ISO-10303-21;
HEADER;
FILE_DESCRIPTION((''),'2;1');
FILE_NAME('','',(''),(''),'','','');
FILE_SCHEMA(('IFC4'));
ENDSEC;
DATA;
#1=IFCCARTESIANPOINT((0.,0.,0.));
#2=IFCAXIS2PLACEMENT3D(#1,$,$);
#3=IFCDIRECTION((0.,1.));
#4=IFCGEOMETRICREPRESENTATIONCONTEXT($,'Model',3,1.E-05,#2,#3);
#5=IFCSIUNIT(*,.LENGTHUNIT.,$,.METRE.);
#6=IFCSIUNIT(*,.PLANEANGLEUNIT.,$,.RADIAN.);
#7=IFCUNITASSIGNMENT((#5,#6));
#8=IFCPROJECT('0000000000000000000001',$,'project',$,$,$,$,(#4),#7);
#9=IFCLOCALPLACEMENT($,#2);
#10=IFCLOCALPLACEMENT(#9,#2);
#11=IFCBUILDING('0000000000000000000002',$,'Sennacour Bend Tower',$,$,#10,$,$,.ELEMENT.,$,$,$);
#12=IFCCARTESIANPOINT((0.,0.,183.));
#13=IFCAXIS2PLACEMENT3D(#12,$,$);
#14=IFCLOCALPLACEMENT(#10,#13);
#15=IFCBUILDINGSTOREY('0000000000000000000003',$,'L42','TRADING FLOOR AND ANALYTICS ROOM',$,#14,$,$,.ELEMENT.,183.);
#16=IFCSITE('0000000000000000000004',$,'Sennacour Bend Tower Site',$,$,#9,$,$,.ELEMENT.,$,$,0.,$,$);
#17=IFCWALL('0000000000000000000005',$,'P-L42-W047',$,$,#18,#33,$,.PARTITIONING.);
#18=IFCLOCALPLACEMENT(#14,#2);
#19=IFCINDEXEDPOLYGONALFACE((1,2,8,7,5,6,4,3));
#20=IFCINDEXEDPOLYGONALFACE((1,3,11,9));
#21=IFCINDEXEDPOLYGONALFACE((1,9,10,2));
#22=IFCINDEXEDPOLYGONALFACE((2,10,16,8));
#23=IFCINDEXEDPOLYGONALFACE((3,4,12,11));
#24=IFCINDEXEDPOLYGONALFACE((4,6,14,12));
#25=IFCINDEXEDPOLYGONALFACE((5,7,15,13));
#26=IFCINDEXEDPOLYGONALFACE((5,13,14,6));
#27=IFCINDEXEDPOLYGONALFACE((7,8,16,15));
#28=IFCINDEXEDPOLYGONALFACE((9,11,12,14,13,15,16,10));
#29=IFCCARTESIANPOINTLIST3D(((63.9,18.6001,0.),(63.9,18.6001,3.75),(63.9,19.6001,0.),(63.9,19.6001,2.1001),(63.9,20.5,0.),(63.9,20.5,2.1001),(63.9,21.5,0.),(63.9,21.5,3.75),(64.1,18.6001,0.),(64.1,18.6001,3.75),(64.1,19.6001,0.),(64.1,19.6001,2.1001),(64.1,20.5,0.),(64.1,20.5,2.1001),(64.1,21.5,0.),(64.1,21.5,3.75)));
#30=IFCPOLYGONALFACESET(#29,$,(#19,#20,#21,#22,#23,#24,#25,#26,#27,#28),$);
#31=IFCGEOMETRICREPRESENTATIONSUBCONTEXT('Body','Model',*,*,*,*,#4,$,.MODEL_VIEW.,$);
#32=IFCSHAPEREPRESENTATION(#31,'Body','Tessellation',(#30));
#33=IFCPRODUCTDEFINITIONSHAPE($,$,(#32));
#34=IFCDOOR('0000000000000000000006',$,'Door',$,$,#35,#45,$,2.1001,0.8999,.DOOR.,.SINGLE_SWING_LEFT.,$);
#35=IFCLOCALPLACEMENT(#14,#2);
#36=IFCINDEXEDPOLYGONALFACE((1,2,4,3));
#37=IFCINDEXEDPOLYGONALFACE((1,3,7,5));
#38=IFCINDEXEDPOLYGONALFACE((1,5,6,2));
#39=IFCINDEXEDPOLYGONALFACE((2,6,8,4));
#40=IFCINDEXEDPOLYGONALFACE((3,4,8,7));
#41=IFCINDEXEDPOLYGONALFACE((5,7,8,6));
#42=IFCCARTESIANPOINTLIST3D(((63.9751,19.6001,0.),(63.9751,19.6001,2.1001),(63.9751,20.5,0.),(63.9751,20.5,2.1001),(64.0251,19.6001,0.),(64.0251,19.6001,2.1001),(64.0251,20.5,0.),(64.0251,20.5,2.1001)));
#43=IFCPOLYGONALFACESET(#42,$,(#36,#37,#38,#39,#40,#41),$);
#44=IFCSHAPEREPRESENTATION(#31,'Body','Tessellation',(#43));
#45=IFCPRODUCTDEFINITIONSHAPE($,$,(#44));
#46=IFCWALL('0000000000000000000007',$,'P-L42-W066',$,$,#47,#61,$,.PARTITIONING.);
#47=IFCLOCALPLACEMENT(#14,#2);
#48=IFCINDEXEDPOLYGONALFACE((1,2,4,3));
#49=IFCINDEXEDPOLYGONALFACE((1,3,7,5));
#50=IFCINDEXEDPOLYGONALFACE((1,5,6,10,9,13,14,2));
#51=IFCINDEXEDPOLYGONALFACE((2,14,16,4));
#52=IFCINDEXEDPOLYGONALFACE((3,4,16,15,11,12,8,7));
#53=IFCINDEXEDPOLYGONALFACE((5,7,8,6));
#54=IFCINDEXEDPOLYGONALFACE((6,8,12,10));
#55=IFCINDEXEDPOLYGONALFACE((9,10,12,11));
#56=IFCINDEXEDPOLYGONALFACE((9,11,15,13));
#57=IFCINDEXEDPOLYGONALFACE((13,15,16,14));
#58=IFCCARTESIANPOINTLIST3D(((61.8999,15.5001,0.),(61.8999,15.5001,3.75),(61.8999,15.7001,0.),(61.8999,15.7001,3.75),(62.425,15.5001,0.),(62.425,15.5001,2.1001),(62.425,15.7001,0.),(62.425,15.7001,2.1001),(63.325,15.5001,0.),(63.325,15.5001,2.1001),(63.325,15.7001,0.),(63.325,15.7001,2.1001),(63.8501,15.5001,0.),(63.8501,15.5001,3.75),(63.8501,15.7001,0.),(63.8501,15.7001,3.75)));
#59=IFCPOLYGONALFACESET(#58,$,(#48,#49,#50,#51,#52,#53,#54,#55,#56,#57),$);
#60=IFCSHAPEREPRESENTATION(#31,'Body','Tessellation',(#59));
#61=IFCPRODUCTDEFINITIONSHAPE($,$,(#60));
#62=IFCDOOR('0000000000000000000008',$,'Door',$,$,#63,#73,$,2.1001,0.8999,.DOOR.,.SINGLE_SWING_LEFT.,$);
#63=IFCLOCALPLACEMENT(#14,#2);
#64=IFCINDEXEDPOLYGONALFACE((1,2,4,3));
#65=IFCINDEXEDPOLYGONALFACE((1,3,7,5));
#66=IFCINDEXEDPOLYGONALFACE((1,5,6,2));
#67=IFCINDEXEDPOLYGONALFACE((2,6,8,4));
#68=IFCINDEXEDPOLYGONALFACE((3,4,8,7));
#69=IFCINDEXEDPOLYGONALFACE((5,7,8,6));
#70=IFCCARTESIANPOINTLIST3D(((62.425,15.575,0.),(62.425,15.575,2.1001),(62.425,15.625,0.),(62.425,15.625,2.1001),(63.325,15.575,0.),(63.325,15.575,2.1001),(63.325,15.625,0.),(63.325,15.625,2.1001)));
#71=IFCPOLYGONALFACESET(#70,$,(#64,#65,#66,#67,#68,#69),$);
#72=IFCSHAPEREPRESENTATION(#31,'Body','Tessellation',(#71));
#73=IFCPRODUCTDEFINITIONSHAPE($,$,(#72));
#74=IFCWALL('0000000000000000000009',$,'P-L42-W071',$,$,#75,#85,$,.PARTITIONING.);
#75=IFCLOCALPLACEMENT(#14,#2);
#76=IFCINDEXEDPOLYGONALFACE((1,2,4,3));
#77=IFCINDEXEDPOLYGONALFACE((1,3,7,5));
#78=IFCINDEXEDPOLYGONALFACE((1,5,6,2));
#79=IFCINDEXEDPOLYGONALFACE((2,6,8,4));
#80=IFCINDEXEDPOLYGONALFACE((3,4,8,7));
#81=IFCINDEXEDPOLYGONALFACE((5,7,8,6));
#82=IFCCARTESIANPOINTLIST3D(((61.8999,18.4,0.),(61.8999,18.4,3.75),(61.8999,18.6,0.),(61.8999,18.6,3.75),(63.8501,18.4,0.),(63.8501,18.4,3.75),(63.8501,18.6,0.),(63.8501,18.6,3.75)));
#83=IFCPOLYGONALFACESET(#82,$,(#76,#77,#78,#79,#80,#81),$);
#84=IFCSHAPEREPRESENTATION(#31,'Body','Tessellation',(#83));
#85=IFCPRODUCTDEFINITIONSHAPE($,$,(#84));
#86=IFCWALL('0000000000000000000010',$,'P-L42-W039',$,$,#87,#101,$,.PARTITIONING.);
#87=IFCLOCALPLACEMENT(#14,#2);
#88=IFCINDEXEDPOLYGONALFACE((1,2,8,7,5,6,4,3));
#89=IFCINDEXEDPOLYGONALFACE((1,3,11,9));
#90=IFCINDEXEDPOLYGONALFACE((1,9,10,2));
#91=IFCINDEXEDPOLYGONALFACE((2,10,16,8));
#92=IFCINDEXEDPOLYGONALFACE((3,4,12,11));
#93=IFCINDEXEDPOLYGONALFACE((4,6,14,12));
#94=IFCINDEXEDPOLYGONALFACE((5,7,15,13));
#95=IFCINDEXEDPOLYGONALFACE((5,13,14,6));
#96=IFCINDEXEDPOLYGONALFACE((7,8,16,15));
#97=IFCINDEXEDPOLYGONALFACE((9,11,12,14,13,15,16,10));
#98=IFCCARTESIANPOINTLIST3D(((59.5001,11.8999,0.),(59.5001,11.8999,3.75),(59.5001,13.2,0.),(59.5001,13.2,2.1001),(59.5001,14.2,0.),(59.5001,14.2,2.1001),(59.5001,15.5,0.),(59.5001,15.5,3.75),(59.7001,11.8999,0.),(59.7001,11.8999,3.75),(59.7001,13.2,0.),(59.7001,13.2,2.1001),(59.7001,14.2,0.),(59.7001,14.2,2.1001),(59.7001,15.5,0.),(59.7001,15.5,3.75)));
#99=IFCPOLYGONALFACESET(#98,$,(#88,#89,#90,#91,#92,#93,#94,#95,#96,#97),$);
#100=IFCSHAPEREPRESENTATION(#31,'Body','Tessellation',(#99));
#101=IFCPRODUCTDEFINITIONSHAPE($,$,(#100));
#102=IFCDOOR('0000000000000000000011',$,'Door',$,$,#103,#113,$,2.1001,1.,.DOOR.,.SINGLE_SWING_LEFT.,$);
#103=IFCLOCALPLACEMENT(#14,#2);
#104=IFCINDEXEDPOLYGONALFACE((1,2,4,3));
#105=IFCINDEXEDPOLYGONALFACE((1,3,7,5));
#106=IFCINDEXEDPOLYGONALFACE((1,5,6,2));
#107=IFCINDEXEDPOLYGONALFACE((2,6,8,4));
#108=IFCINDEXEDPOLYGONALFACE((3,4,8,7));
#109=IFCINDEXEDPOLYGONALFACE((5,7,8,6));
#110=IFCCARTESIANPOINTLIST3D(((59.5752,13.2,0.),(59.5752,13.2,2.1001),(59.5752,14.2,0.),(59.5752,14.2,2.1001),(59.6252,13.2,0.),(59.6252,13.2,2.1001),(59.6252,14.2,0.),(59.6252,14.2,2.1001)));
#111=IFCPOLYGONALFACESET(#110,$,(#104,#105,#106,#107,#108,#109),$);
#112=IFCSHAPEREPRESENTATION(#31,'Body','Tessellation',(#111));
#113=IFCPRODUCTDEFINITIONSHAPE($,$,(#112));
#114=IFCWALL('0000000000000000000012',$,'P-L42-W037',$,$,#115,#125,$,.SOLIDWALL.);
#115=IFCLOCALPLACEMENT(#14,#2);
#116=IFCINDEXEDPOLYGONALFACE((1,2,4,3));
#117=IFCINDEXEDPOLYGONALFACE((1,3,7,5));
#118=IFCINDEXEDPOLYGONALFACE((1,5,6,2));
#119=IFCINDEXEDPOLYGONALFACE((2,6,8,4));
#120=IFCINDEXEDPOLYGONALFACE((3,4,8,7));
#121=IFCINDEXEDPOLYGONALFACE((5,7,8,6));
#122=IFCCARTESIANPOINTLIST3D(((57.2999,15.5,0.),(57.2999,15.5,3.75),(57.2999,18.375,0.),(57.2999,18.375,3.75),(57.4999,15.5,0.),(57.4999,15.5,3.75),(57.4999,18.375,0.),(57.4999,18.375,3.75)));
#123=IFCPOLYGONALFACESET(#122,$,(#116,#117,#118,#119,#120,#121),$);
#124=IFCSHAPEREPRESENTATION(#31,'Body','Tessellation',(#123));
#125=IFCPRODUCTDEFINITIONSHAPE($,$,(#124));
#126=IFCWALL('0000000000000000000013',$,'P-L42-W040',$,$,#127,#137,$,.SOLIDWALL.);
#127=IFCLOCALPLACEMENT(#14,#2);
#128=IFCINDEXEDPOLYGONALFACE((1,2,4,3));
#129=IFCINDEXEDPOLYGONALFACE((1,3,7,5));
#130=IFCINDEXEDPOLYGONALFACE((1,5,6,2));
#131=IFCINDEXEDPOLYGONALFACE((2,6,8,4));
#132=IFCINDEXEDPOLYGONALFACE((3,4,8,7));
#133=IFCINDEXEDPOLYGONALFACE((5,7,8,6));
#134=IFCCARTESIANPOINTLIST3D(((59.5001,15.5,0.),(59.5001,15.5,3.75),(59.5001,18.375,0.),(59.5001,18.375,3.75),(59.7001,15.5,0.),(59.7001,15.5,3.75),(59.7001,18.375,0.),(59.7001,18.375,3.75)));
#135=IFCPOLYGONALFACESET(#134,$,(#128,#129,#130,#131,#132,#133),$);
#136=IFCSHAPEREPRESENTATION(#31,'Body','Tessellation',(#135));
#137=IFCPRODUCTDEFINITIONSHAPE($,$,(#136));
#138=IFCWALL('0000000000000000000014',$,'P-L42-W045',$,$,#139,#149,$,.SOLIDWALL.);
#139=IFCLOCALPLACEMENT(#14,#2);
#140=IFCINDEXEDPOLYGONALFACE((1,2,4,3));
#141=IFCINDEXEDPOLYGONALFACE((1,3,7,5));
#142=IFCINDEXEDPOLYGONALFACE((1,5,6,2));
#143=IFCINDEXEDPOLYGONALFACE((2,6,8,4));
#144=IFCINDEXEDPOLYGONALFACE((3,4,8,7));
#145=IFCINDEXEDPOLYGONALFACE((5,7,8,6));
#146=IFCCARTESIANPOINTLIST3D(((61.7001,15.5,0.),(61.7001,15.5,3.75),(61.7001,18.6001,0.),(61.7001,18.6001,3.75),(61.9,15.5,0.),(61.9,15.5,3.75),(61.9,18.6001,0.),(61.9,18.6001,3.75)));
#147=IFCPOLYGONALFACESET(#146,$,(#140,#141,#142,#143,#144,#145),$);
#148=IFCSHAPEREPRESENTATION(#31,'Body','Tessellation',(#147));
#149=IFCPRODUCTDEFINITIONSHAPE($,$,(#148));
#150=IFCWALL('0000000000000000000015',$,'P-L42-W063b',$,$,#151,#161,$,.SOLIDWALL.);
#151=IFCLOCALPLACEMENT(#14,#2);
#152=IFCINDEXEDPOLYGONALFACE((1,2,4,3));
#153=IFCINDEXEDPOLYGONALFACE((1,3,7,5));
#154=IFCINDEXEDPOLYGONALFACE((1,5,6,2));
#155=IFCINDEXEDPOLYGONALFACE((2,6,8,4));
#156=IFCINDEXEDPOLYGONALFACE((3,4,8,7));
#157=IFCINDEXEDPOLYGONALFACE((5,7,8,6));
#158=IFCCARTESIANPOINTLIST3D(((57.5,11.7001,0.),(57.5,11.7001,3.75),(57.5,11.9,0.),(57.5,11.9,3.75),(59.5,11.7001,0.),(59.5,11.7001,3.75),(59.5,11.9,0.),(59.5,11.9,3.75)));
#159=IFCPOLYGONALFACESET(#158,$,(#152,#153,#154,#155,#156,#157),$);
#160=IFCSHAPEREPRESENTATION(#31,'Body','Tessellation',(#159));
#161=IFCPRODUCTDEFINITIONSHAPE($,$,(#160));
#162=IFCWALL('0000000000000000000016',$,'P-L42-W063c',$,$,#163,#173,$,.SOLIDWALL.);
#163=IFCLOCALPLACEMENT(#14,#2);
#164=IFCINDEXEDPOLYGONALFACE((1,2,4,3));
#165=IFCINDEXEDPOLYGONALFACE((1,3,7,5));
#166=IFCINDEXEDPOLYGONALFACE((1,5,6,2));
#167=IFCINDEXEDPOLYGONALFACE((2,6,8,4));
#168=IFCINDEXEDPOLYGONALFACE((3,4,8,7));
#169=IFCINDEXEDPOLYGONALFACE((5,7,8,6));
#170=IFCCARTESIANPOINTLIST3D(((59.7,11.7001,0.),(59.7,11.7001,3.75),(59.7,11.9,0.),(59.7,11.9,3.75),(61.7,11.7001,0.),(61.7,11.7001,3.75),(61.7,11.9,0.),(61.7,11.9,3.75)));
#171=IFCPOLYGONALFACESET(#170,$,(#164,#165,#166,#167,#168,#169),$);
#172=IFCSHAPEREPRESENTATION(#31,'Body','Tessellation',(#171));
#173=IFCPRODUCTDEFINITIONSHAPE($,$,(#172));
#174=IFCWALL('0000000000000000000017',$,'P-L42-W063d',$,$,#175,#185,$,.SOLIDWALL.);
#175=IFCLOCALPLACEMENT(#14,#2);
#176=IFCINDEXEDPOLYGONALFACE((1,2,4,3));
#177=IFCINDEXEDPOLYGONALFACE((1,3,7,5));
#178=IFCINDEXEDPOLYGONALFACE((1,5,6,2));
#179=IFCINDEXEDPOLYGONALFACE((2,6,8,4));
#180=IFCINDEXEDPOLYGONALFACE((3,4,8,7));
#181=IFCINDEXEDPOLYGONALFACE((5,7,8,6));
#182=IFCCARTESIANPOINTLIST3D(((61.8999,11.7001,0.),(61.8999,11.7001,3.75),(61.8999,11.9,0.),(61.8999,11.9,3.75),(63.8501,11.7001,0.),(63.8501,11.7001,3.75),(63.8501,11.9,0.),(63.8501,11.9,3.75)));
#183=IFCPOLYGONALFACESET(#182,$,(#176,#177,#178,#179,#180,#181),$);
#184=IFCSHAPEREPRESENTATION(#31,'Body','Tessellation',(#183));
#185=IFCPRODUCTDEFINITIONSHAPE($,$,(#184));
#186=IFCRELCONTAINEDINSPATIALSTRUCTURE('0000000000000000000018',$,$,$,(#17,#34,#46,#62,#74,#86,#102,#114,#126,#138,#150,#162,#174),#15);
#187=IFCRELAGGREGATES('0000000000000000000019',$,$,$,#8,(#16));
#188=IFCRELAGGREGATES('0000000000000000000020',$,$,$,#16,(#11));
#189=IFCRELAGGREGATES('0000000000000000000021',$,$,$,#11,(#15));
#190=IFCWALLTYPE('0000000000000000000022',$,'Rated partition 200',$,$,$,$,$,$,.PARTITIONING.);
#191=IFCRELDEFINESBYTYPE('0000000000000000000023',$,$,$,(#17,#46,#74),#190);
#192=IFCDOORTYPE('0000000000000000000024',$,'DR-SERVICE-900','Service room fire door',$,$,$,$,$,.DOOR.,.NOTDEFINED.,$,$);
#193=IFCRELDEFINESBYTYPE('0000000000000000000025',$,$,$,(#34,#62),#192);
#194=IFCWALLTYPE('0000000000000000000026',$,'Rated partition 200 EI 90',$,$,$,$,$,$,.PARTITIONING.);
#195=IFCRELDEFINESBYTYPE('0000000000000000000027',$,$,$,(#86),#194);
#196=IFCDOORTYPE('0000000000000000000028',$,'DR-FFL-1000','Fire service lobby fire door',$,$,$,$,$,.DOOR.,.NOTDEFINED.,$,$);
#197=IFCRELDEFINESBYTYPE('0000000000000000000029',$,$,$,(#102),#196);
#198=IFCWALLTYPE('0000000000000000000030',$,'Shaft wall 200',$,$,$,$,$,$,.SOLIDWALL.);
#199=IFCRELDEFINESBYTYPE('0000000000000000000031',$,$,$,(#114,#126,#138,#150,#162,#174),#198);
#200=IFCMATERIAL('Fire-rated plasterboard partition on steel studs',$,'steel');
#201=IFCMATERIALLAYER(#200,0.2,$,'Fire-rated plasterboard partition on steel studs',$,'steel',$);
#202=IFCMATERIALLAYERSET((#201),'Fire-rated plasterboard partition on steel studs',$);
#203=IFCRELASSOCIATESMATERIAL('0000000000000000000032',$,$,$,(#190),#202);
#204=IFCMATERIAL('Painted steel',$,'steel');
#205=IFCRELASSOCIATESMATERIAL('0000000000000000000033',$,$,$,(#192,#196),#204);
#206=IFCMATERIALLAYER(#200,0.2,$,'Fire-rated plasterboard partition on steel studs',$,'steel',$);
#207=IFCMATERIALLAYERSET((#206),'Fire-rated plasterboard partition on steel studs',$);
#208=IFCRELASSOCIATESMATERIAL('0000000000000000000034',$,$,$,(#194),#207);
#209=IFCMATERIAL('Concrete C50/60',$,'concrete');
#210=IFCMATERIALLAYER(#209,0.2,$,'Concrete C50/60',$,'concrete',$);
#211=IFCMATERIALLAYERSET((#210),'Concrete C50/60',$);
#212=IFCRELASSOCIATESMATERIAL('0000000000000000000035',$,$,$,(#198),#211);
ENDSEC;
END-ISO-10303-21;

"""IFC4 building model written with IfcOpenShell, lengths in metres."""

from ifc_helpers import new_model, si_unit, direction, frame, frame_2d, origin, place, context, subcontext, project, spatial, rectangle, extrude, material, layer, layer_set, type_object, element, fill, save


model = new_model("IFC4")

# Units and contexts
model_context = context("Model", 3, precision=1e-05, world=origin(), true_north=direction((0.0, 1.0)))
body_context = subcontext(model_context, "Body", "Model", "MODEL_VIEW")
ifc_project = project(units=[si_unit("LENGTHUNIT", "METRE"), si_unit("PLANEANGLEUNIT", "RADIAN")], contexts=[model_context])

# Site, building, storey
site_placement = place(None, origin())
site = spatial("IfcSite", under=ifc_project, at=site_placement, Name="Sennacour Bend Tower Site", CompositionType="ELEMENT", RefElevation=0.0)
building_placement = place(site_placement, origin())
building = spatial("IfcBuilding", under=site, at=building_placement, Name="Sennacour Bend Tower", CompositionType="ELEMENT")
storey_placement = place(building_placement, frame((0.0, 0.0, 183.0)))
storey = spatial("IfcBuildingStorey", under=building, at=storey_placement, Name="L42", Description="TRADING FLOOR AND ANALYTICS ROOM", CompositionType="ELEMENT", Elevation=183.0)

# Walls, openings, doors
ifc_material_1 = material(Name="Fire-rated plasterboard partition on steel studs", Category="steel")
ifc_layer_1 = layer(ifc_material_1, 0.2, Name="Fire-rated plasterboard partition on steel studs", Category="steel")
ifc_layer_set_1 = layer_set([ifc_layer_1], Name="Fire-rated plasterboard partition on steel studs")
wall_type_1 = type_object("IfcWallType", Name="Rated partition 200", PredefinedType="PARTITIONING", material=ifc_layer_set_1)
wall_1_placement = place(storey_placement, frame((64.0, 18.6001, 0.0), z_axis=(0.0, 0.0, 1.0), x_axis=(0.0, 1.0, 0.0)))
wall_1 = element("IfcWall", 1, at=wall_1_placement, inside=storey, type_object=wall_type_1, Name="P-L42-W047", PredefinedType="PARTITIONING", context=body_context, shape_type="SweptSolid", body=[
    extrude(rectangle(XDim=2.8999, YDim=0.2, at=frame_2d((1.45, 0.0))), origin(), (0.0, 0.0, 1.0), 3.75),
])
opening_1_placement = place(wall_1_placement, frame((1.0, 0.0, 0.0)))
opening_1 = element("IfcOpeningElement", 2, at=opening_1_placement, cuts=wall_1, PredefinedType="OPENING", context=body_context, shape_type="SweptSolid", body=[
    extrude(rectangle(XDim=0.8999, YDim=2.1001, at=frame_2d((0.45, 1.05))), frame((0.0, 0.1099, 0.0), z_axis=(0.0, -1.0, 0.0), x_axis=(1.0, 0.0, 0.0)), (0.0, 0.0, 1.0), 0.22),
])
ifc_material_2 = material(Name="Painted steel", Category="steel")
door_type_1 = type_object("IfcDoorType", Name="DR-SERVICE-900", Description="Service room fire door", OperationType="NOTDEFINED", PredefinedType="DOOR", material=ifc_material_2)
door_1_placement = place(opening_1_placement, origin())
door_1 = element("IfcDoor", 3, at=door_1_placement, inside=storey, type_object=door_type_1, Name="Door", OperationType="SINGLE_SWING_LEFT", OverallHeight=2.1001, OverallWidth=0.8999, PredefinedType="DOOR", context=body_context, shape_type="SweptSolid", body=[
    extrude(rectangle(XDim=0.8999, YDim=2.1001, at=frame_2d((0.45, 1.05))), frame((0.0, 0.0249, 0.0), z_axis=(0.0, -1.0, 0.0), x_axis=(1.0, 0.0, 0.0)), (0.0, 0.0, 1.0), 0.05),
])
fill(opening_1, door_1)
wall_2_placement = place(storey_placement, frame((61.8999, 15.6001, 0.0), z_axis=(0.0, 0.0, 1.0), x_axis=(1.0, 0.0, 0.0)))
wall_2 = element("IfcWall", 4, at=wall_2_placement, inside=storey, type_object=wall_type_1, Name="P-L42-W066", PredefinedType="PARTITIONING", context=body_context, shape_type="SweptSolid", body=[
    extrude(rectangle(XDim=1.9502, YDim=0.2, at=frame_2d((0.9751, 0.0))), origin(), (0.0, 0.0, 1.0), 3.75),
])
opening_2_placement = place(wall_2_placement, frame((0.5251, 0.0, 0.0)))
opening_2 = element("IfcOpeningElement", 5, at=opening_2_placement, cuts=wall_2, PredefinedType="OPENING", context=body_context, shape_type="SweptSolid", body=[
    extrude(rectangle(XDim=0.8999, YDim=2.1001, at=frame_2d((0.45, 1.05))), frame((0.0, 0.1099, 0.0), z_axis=(0.0, -1.0, 0.0), x_axis=(1.0, 0.0, 0.0)), (0.0, 0.0, 1.0), 0.22),
])
door_2_placement = place(opening_2_placement, origin())
door_2 = element("IfcDoor", 6, at=door_2_placement, inside=storey, type_object=door_type_1, Name="Door", OperationType="SINGLE_SWING_LEFT", OverallHeight=2.1001, OverallWidth=0.8999, PredefinedType="DOOR", context=body_context, shape_type="SweptSolid", body=[
    extrude(rectangle(XDim=0.8999, YDim=2.1001, at=frame_2d((0.45, 1.05))), frame((0.0, 0.0249, 0.0), z_axis=(0.0, -1.0, 0.0), x_axis=(1.0, 0.0, 0.0)), (0.0, 0.0, 1.0), 0.05),
])
fill(opening_2, door_2)

# Wall
wall_3_placement = place(storey_placement, frame((61.8999, 18.5, 0.0), z_axis=(0.0, 0.0, 1.0), x_axis=(1.0, 0.0, 0.0)))
element("IfcWall", 7, at=wall_3_placement, inside=storey, type_object=wall_type_1, Name="P-L42-W071", PredefinedType="PARTITIONING", context=body_context, shape_type="SweptSolid", body=[
    extrude(rectangle(XDim=1.9502, YDim=0.2, at=frame_2d((0.9751, 0.0))), origin(), (0.0, 0.0, 1.0), 3.75),
])

# Wall, opening, door
ifc_layer_2 = layer(ifc_material_1, 0.2, Name="Fire-rated plasterboard partition on steel studs", Category="steel")
ifc_layer_set_2 = layer_set([ifc_layer_2], Name="Fire-rated plasterboard partition on steel studs")
wall_type_2 = type_object("IfcWallType", Name="Rated partition 200 EI 90", PredefinedType="PARTITIONING", material=ifc_layer_set_2)
wall_4_placement = place(storey_placement, frame((59.6001, 11.8999, 0.0), z_axis=(0.0, 0.0, 1.0), x_axis=(0.0, 1.0, 0.0)))
wall_4 = element("IfcWall", 8, at=wall_4_placement, inside=storey, type_object=wall_type_2, Name="P-L42-W039", PredefinedType="PARTITIONING", context=body_context, shape_type="SweptSolid", body=[
    extrude(rectangle(XDim=3.6001, YDim=0.2, at=frame_2d((1.8, 0.0))), origin(), (0.0, 0.0, 1.0), 3.75),
])
opening_3_placement = place(wall_4_placement, frame((1.3, 0.0, 0.0)))
opening_3 = element("IfcOpeningElement", 9, at=opening_3_placement, cuts=wall_4, PredefinedType="OPENING", context=body_context, shape_type="SweptSolid", body=[
    extrude(rectangle(XDim=1.0, YDim=2.1001, at=frame_2d((0.5, 1.05))), frame((0.0, 0.1099, 0.0), z_axis=(0.0, -1.0, 0.0), x_axis=(1.0, 0.0, 0.0)), (0.0, 0.0, 1.0), 0.22),
])
door_type_2 = type_object("IfcDoorType", Name="DR-FFL-1000", Description="Fire service lobby fire door", OperationType="NOTDEFINED", PredefinedType="DOOR", material=ifc_material_2)
door_3_placement = place(opening_3_placement, origin())
door_3 = element("IfcDoor", 10, at=door_3_placement, inside=storey, type_object=door_type_2, Name="Door", OperationType="SINGLE_SWING_LEFT", OverallHeight=2.1001, OverallWidth=1.0, PredefinedType="DOOR", context=body_context, shape_type="SweptSolid", body=[
    extrude(rectangle(XDim=1.0, YDim=2.1001, at=frame_2d((0.5, 1.05))), frame((0.0, 0.0249, 0.0), z_axis=(0.0, -1.0, 0.0), x_axis=(1.0, 0.0, 0.0)), (0.0, 0.0, 1.0), 0.05),
])
fill(opening_3, door_3)

# Walls
ifc_material_3 = material(Name="Concrete C50/60", Category="concrete")
ifc_layer_3 = layer(ifc_material_3, 0.2, Name="Concrete C50/60", Category="concrete")
ifc_layer_set_3 = layer_set([ifc_layer_3], Name="Concrete C50/60")
wall_type_3 = type_object("IfcWallType", Name="Shaft wall 200", PredefinedType="SOLIDWALL", material=ifc_layer_set_3)
for number, where, z_axis, x_axis, name in (
    (11, (57.3999, 15.5, 0.0), (0.0, 0.0, 1.0), (0.0, 1.0, 0.0), "P-L42-W037"),
    (12, (59.6001, 15.5, 0.0), (0.0, 0.0, 1.0), (0.0, 1.0, 0.0), "P-L42-W040"),
):
    element("IfcWall", number, at=place(storey_placement, frame(where, z_axis=z_axis, x_axis=x_axis)), inside=storey, type_object=wall_type_3, Name=name, PredefinedType="SOLIDWALL", context=body_context, shape_type="SweptSolid", body=[
        extrude(rectangle(XDim=2.875, YDim=0.2, at=frame_2d((1.4375, 0.0))), origin(), (0.0, 0.0, 1.0), 3.75),
    ])
wall_5_placement = place(storey_placement, frame((61.8, 15.5, 0.0), z_axis=(0.0, 0.0, 1.0), x_axis=(0.0, 1.0, 0.0)))
element("IfcWall", 13, at=wall_5_placement, inside=storey, type_object=wall_type_3, Name="P-L42-W045", PredefinedType="SOLIDWALL", context=body_context, shape_type="SweptSolid", body=[
    extrude(rectangle(XDim=3.1001, YDim=0.2, at=frame_2d((1.55, 0.0))), origin(), (0.0, 0.0, 1.0), 3.75),
])
for number, where, z_axis, x_axis, name in (
    (14, (57.5, 11.8, 0.0), (0.0, 0.0, 1.0), (1.0, 0.0, 0.0), "P-L42-W063b"),
    (15, (59.7, 11.8, 0.0), (0.0, 0.0, 1.0), (1.0, 0.0, 0.0), "P-L42-W063c"),
):
    element("IfcWall", number, at=place(storey_placement, frame(where, z_axis=z_axis, x_axis=x_axis)), inside=storey, type_object=wall_type_3, Name=name, PredefinedType="SOLIDWALL", context=body_context, shape_type="SweptSolid", body=[
        extrude(rectangle(XDim=2.0, YDim=0.2, at=frame_2d((1.0, 0.0))), origin(), (0.0, 0.0, 1.0), 3.75),
    ])
wall_6_placement = place(storey_placement, frame((61.8999, 11.8, 0.0), z_axis=(0.0, 0.0, 1.0), x_axis=(1.0, 0.0, 0.0)))
element("IfcWall", 16, at=wall_6_placement, inside=storey, type_object=wall_type_3, Name="P-L42-W063d", PredefinedType="SOLIDWALL", context=body_context, shape_type="SweptSolid", body=[
    extrude(rectangle(XDim=1.9502, YDim=0.2, at=frame_2d((0.9751, 0.0))), origin(), (0.0, 0.0, 1.0), 3.75),
])

save(model, "model.ifc")
